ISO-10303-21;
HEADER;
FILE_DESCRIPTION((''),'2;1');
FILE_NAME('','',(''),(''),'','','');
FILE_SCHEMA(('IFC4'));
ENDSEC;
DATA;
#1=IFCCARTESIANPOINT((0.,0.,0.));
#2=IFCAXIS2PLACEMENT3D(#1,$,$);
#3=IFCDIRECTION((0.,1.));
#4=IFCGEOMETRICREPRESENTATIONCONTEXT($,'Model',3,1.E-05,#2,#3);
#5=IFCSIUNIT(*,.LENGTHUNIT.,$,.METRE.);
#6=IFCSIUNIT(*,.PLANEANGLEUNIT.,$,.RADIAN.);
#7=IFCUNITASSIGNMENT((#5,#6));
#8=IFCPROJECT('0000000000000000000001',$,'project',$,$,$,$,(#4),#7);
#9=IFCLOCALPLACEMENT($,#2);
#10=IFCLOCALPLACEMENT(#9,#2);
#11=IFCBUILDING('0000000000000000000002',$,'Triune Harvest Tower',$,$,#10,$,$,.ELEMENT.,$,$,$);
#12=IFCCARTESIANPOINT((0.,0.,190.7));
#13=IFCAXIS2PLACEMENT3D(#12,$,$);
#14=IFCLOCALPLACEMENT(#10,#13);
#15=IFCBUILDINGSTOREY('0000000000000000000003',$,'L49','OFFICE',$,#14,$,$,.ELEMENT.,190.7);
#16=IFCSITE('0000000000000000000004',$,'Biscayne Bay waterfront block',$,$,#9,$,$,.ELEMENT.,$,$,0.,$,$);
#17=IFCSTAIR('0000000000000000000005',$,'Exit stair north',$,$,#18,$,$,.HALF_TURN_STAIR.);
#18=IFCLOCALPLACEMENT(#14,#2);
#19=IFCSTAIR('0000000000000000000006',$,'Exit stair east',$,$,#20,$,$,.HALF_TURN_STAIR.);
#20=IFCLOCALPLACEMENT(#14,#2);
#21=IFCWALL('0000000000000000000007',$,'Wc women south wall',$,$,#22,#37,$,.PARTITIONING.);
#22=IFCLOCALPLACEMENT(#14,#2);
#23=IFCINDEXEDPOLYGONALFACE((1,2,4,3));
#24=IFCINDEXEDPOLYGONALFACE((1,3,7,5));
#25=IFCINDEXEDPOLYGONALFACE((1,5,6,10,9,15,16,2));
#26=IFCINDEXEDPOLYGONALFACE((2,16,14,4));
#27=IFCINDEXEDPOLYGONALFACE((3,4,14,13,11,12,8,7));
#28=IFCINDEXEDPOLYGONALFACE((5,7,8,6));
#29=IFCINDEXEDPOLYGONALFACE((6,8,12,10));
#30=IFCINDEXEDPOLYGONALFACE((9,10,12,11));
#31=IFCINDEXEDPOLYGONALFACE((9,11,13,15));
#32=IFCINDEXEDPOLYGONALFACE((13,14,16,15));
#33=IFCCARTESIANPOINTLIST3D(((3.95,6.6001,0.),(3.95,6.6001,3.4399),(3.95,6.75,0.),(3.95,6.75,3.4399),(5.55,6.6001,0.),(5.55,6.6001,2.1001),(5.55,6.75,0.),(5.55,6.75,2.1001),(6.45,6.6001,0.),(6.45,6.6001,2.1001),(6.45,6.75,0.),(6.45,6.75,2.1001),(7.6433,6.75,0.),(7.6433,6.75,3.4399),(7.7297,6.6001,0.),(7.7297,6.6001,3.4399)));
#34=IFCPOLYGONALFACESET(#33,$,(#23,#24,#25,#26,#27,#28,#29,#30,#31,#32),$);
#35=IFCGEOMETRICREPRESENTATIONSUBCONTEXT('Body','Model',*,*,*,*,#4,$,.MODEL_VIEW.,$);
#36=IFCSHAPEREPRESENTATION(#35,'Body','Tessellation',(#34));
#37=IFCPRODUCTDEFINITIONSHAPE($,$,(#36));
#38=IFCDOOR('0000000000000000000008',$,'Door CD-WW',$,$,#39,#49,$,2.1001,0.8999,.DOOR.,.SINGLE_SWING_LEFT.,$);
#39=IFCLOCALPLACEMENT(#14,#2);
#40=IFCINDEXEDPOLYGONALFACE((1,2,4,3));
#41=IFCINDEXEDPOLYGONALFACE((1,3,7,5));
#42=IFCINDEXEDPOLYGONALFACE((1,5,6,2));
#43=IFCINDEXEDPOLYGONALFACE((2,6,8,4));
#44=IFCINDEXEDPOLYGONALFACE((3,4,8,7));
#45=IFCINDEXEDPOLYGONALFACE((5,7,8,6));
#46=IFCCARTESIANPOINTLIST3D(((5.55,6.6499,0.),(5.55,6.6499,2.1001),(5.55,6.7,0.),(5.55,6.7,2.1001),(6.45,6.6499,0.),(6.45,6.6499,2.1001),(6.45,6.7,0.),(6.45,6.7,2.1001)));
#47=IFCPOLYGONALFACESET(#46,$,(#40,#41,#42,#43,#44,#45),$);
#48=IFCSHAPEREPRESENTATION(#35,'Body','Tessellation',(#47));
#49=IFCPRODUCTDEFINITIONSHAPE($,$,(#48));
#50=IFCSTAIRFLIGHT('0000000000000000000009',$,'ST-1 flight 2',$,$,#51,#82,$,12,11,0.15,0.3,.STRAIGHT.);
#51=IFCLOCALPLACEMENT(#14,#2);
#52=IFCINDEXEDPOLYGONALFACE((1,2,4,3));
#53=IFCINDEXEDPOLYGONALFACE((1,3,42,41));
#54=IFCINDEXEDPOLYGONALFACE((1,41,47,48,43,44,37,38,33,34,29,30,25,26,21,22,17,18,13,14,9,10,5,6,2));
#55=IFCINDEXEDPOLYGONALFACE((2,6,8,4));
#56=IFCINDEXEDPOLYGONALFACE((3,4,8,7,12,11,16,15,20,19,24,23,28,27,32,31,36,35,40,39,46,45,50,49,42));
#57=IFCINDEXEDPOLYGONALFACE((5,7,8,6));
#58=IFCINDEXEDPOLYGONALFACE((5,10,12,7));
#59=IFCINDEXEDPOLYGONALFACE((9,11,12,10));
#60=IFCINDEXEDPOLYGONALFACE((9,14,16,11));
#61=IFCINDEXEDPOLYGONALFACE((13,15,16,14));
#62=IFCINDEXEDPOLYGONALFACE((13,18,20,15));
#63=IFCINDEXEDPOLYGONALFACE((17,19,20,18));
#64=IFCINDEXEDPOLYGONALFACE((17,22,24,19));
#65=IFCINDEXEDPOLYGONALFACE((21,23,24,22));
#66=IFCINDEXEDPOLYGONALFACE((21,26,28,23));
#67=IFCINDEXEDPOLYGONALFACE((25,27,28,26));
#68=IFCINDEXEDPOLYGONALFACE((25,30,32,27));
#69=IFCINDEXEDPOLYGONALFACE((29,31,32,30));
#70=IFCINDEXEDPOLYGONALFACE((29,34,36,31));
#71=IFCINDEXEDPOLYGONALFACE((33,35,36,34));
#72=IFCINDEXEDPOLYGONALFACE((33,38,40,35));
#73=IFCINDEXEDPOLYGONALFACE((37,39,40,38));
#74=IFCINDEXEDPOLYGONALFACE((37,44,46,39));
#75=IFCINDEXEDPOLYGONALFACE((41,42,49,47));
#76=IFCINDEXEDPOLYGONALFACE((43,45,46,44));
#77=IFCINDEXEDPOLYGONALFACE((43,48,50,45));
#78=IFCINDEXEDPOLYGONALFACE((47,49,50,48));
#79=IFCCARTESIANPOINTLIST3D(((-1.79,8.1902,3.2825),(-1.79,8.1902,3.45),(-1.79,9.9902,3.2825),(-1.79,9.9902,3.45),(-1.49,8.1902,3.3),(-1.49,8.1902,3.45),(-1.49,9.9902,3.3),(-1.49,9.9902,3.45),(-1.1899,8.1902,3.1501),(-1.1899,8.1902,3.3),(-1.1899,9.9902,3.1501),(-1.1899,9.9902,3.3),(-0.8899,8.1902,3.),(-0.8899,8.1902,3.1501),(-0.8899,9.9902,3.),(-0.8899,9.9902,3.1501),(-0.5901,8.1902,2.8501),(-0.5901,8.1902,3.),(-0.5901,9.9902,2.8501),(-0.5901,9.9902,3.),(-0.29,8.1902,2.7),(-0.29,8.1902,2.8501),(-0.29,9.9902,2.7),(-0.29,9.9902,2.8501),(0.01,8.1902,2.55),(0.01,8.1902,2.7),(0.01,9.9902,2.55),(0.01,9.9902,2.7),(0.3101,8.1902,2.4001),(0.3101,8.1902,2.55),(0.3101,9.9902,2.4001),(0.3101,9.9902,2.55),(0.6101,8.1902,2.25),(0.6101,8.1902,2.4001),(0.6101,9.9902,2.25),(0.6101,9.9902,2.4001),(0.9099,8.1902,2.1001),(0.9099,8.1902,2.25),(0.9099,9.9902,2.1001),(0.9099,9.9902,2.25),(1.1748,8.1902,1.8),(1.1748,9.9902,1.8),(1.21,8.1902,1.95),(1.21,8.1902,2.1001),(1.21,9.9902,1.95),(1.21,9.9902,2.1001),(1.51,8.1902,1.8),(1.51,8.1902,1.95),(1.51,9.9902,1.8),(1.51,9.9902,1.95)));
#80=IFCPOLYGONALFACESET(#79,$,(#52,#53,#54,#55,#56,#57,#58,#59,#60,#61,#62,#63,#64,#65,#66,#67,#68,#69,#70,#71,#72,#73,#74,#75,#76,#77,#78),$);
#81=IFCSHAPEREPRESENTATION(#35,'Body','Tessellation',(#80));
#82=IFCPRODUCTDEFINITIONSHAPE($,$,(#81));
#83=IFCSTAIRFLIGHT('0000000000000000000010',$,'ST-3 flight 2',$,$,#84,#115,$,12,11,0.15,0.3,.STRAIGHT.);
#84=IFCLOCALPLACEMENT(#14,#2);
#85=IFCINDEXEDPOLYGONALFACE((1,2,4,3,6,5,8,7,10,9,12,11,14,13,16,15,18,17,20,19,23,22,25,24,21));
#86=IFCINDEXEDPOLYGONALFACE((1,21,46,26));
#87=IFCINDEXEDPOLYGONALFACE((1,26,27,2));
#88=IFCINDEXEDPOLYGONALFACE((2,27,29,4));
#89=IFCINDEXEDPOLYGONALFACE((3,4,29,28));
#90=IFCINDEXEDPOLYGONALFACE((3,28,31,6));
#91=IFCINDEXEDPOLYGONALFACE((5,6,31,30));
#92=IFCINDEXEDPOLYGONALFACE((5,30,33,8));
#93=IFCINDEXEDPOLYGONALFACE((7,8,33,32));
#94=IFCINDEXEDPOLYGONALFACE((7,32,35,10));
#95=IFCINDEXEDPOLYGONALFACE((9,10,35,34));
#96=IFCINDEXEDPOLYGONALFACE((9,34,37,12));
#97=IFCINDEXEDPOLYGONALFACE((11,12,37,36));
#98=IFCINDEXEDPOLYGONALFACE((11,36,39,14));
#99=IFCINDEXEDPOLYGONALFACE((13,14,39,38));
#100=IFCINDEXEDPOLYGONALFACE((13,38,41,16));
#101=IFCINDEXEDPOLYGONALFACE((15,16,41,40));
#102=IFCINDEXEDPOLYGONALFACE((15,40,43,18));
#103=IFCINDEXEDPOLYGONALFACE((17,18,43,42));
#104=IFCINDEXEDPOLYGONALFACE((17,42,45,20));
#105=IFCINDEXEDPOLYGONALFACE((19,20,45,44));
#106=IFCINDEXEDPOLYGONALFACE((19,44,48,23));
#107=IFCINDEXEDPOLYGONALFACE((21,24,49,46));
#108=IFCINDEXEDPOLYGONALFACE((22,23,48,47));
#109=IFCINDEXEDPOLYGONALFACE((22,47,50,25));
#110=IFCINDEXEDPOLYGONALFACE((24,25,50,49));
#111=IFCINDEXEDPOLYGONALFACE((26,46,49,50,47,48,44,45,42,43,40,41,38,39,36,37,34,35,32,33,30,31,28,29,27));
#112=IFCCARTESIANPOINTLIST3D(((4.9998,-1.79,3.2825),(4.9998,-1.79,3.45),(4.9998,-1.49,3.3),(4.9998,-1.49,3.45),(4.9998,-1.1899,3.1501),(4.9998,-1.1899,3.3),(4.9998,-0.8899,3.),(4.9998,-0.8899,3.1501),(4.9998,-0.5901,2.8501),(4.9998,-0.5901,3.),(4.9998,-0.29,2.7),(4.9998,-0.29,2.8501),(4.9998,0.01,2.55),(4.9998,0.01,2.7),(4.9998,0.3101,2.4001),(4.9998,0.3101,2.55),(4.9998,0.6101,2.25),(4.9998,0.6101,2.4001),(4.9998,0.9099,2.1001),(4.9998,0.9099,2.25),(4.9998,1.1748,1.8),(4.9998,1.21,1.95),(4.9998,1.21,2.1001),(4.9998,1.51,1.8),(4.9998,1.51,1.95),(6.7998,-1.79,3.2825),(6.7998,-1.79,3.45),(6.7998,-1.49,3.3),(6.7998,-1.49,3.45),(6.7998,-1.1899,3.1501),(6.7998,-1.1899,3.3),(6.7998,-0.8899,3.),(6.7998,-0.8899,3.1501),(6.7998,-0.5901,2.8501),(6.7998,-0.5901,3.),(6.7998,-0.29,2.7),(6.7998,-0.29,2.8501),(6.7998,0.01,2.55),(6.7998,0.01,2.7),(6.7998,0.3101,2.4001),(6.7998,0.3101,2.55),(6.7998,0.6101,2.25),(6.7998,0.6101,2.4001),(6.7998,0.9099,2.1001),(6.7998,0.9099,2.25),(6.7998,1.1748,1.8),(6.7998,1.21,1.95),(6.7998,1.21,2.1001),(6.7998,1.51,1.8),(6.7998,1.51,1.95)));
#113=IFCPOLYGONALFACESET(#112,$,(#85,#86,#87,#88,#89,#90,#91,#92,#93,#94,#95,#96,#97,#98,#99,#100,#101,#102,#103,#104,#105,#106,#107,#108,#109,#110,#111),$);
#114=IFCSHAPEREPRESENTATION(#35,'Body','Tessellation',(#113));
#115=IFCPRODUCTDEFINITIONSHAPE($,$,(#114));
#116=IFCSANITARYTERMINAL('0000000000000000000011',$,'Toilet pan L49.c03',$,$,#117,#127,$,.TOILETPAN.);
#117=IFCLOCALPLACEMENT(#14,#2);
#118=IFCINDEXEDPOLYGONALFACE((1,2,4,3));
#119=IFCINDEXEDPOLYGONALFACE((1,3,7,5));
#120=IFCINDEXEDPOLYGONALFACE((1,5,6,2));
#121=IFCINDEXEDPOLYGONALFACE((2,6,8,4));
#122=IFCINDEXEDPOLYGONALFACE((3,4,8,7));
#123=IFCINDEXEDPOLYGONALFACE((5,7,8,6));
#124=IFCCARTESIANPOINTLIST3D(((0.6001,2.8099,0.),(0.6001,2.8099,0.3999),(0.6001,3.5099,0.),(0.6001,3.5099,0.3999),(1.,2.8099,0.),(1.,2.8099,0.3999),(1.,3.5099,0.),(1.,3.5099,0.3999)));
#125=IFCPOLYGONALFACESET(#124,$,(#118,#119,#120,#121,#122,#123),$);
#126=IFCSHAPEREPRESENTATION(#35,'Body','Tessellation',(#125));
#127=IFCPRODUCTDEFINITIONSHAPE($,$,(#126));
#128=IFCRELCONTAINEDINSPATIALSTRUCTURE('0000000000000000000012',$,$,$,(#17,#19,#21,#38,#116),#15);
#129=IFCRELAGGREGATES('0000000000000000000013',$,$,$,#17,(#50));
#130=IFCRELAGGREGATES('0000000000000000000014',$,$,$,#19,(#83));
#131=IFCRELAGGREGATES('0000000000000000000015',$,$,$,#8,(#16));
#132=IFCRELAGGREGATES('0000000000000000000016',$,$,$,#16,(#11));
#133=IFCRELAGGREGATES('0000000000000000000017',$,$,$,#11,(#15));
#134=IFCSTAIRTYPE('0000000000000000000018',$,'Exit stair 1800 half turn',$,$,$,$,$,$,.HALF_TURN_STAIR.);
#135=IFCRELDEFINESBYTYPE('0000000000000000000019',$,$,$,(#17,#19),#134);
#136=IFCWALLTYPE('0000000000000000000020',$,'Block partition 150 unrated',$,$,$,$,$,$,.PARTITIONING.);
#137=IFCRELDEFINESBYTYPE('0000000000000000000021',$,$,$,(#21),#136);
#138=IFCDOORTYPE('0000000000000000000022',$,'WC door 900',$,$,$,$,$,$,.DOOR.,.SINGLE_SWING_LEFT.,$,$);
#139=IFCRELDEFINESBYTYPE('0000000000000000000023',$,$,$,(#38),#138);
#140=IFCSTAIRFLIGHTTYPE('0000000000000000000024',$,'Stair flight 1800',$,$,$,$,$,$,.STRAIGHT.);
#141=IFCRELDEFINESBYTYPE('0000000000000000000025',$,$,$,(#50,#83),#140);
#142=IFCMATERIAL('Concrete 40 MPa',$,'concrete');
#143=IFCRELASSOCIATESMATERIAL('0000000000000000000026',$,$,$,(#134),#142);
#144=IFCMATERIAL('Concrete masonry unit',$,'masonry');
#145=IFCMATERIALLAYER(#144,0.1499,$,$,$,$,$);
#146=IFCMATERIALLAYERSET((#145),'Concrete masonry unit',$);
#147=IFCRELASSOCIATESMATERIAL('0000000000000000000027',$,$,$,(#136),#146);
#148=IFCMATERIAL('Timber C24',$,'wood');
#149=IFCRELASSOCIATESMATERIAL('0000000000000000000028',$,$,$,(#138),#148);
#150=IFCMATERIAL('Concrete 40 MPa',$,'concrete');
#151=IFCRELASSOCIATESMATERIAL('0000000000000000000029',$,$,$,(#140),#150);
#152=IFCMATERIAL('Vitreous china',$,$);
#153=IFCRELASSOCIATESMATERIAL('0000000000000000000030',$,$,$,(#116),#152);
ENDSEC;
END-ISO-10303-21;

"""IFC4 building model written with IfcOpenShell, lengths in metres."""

from ifc_helpers import new_model, si_unit, direction, frame, frame_2d, origin, origin_2d, place, context, subcontext, project, spatial, polyline, rectangle, outline, extrude, source, transform, mapped, material, layer, layer_set, type_object, element, fill, aggregate, save


model = new_model("IFC4")

# Units and contexts
model_context = context("Model", 3, precision=1e-05, world=origin(), true_north=direction((0.0, 1.0)))
body_context = subcontext(model_context, "Body", "Model", "MODEL_VIEW")
ifc_project = project(units=[si_unit("LENGTHUNIT", "METRE"), si_unit("PLANEANGLEUNIT", "RADIAN")], contexts=[model_context])

# Site, building, storey
site_placement = place(None, origin())
site = spatial("IfcSite", under=ifc_project, at=site_placement, Name="Biscayne Bay waterfront block", CompositionType="ELEMENT", RefElevation=0.0)
building_placement = place(site_placement, origin())
building = spatial("IfcBuilding", under=site, at=building_placement, Name="Triune Harvest Tower", CompositionType="ELEMENT")
storey_placement = place(building_placement, frame((0.0, 0.0, 190.7)))
storey = spatial("IfcBuildingStorey", under=building, at=storey_placement, Name="L49", Description="OFFICE", CompositionType="ELEMENT", Elevation=190.7)

# Stairs
ifc_material_1 = material(Name="Concrete 40 MPa", Category="concrete")
stair_type = type_object("IfcStairType", Name="Exit stair 1800 half turn", PredefinedType="HALF_TURN_STAIR", material=ifc_material_1)
stair_1_placement = place(storey_placement, origin())
stair_1 = element("IfcStair", 1, at=stair_1_placement, inside=storey, type_object=stair_type, Name="Exit stair north", PredefinedType="HALF_TURN_STAIR")
stair_2_placement = place(storey_placement, origin())
stair_2 = element("IfcStair", 2, at=stair_2_placement, inside=storey, type_object=stair_type, Name="Exit stair east", PredefinedType="HALF_TURN_STAIR")

# Wall, opening, door
ifc_material_2 = material(Name="Concrete masonry unit", Category="masonry")
ifc_layer_1 = layer(ifc_material_2, 0.1499)
ifc_layer_set_1 = layer_set([ifc_layer_1], Name="Concrete masonry unit")
wall_type_1 = type_object("IfcWallType", Name="Block partition 150 unrated", PredefinedType="PARTITIONING", material=ifc_layer_set_1)
ifc_material_3 = material(Name="Timber C24", Category="wood")
door_type_1 = type_object("IfcDoorType", Name="WC door 900", OperationType="SINGLE_SWING_LEFT", PredefinedType="DOOR", material=ifc_material_3)
shared_shape_1 = source(origin(), body_context, "Body", "SweptSolid", [
    extrude(outline(polyline([(0.0, -0.075), (0.0, 0.075), (3.6934, 0.075), (3.7798, -0.075), (0.0, -0.075)])), origin(), (0.0, 0.0, 1.0), 3.4399),
])
wall_1_placement = place(storey_placement, frame((3.95, 6.675, 0.0), z_axis=(0.0, 0.0, 1.0), x_axis=(1.0, 0.0, 0.0)))
wall_1 = element("IfcWall", 3, at=wall_1_placement, inside=storey, type_object=wall_type_1, Name="Wc women south wall", PredefinedType="PARTITIONING", context=body_context, shape_type="MappedRepresentation", body=[
    mapped(shared_shape_1, transform((0.0, 0.0, 0.0), scale=1.0)),
])
opening_1_placement = place(wall_1_placement, frame((1.6001, 0.0, 0.0)))
opening_1 = element("IfcOpeningElement", 4, at=opening_1_placement, cuts=wall_1, PredefinedType="OPENING", context=body_context, shape_type="SweptSolid", body=[
    extrude(rectangle(XDim=0.8999, YDim=2.1001, at=frame_2d((0.45, 1.05))), frame((0.0, 0.085, 0.0), z_axis=(0.0, -1.0, 0.0), x_axis=(1.0, 0.0, 0.0)), (0.0, 0.0, 1.0), 0.1699),
])
door_1_placement = place(opening_1_placement, origin())
door_1 = element("IfcDoor", 5, at=door_1_placement, inside=storey, type_object=door_type_1, Name="Door CD-WW", OperationType="SINGLE_SWING_LEFT", OverallHeight=2.1001, OverallWidth=0.8999, PredefinedType="DOOR", context=body_context, shape_type="SweptSolid", body=[
    extrude(rectangle(XDim=0.8999, YDim=2.1001, at=frame_2d((0.45, 1.05))), frame((0.0, 0.0249, 0.0), z_axis=(0.0, -1.0, 0.0), x_axis=(1.0, 0.0, 0.0)), (0.0, 0.0, 1.0), 0.05),
])
fill(opening_1, door_1)

# Stair flights
ifc_material_4 = material(Name="Concrete 40 MPa", Category="concrete")
stair_flight_type = type_object("IfcStairFlightType", Name="Stair flight 1800", PredefinedType="STRAIGHT", material=ifc_material_4)
shared_shape_2 = source(origin(), body_context, "Body", "SweptSolid", [
    extrude(outline(polyline([(0.0, 0.0), (0.0, 0.1499), (0.3, 0.1499), (0.3, 0.3), (0.6001, 0.3), (0.6001, 0.45), (0.8999, 0.45), (0.8999, 0.6001), (1.2, 0.6001), (1.2, 0.75), (1.5, 0.75), (1.5, 0.8999), (1.8, 0.8999), (1.8, 1.05), (2.1001, 1.05), (2.1001, 1.2), (2.3999, 1.2), (2.3999, 1.3501), (2.7, 1.3501), (2.7, 1.5), (3.0, 1.5), (3.0, 1.6499), (3.3, 1.6499), (3.3, 1.8), (3.3, 1.4824), (0.3352, 0.0), (0.0, 0.0)])), frame((0.0, 0.8999, 0.0), z_axis=(0.0, -1.0, 0.0), x_axis=(1.0, 0.0, 0.0)), (0.0, 0.0, 1.0), 1.8),
])
stair_flight_1_placement = place(storey_placement, frame((1.51, 9.0901, 1.8), z_axis=(0.0, 0.0, 1.0), x_axis=(-1.0, 0.0, 0.0)))
stair_flight_1 = element("IfcStairFlight", 6, at=stair_flight_1_placement, type_object=stair_flight_type, Name="ST-1 flight 2", NumberOfRisers=12, NumberOfTreads=11, PredefinedType="STRAIGHT", RiserHeight=0.15, TreadLength=0.3, context=body_context, shape_type="MappedRepresentation", body=[
    mapped(shared_shape_2, transform((0.0, 0.0, 0.0), scale=1.0)),
])
aggregate(stair_1, [stair_flight_1])
stair_flight_2_placement = place(storey_placement, frame((5.8999, 1.51, 1.8), z_axis=(0.0, 0.0, 1.0), x_axis=(0.0, -1.0, 0.0)))
stair_flight_2 = element("IfcStairFlight", 7, at=stair_flight_2_placement, type_object=stair_flight_type, Name="ST-3 flight 2", NumberOfRisers=12, NumberOfTreads=11, PredefinedType="STRAIGHT", RiserHeight=0.15, TreadLength=0.3, context=body_context, shape_type="MappedRepresentation", body=[
    mapped(shared_shape_2, transform((0.0, 0.0, 0.0), scale=1.0)),
])
aggregate(stair_2, [stair_flight_2])

# Sanitary terminal
ifc_material_5 = material(Name="Vitreous china")
shared_shape_3 = source(origin(), body_context, "Body", "SweptSolid", [
    extrude(rectangle(XDim=0.3999, YDim=0.7, at=origin_2d()), origin(), (0.0, 0.0, 1.0), 0.3999),
])
sanitary_terminal_placement = place(storey_placement, frame((0.8, 3.1599, 0.0), z_axis=(0.0, 0.0, 1.0), x_axis=(-1.0, 0.0, 0.0)))
element("IfcSanitaryTerminal", 8, at=sanitary_terminal_placement, inside=storey, material=ifc_material_5, Name="Toilet pan L49.c03", PredefinedType="TOILETPAN", context=body_context, shape_type="MappedRepresentation", body=[
    mapped(shared_shape_3, transform((0.0, 0.0, 0.0), scale=1.0)),
])

save(model, "model.ifc")
